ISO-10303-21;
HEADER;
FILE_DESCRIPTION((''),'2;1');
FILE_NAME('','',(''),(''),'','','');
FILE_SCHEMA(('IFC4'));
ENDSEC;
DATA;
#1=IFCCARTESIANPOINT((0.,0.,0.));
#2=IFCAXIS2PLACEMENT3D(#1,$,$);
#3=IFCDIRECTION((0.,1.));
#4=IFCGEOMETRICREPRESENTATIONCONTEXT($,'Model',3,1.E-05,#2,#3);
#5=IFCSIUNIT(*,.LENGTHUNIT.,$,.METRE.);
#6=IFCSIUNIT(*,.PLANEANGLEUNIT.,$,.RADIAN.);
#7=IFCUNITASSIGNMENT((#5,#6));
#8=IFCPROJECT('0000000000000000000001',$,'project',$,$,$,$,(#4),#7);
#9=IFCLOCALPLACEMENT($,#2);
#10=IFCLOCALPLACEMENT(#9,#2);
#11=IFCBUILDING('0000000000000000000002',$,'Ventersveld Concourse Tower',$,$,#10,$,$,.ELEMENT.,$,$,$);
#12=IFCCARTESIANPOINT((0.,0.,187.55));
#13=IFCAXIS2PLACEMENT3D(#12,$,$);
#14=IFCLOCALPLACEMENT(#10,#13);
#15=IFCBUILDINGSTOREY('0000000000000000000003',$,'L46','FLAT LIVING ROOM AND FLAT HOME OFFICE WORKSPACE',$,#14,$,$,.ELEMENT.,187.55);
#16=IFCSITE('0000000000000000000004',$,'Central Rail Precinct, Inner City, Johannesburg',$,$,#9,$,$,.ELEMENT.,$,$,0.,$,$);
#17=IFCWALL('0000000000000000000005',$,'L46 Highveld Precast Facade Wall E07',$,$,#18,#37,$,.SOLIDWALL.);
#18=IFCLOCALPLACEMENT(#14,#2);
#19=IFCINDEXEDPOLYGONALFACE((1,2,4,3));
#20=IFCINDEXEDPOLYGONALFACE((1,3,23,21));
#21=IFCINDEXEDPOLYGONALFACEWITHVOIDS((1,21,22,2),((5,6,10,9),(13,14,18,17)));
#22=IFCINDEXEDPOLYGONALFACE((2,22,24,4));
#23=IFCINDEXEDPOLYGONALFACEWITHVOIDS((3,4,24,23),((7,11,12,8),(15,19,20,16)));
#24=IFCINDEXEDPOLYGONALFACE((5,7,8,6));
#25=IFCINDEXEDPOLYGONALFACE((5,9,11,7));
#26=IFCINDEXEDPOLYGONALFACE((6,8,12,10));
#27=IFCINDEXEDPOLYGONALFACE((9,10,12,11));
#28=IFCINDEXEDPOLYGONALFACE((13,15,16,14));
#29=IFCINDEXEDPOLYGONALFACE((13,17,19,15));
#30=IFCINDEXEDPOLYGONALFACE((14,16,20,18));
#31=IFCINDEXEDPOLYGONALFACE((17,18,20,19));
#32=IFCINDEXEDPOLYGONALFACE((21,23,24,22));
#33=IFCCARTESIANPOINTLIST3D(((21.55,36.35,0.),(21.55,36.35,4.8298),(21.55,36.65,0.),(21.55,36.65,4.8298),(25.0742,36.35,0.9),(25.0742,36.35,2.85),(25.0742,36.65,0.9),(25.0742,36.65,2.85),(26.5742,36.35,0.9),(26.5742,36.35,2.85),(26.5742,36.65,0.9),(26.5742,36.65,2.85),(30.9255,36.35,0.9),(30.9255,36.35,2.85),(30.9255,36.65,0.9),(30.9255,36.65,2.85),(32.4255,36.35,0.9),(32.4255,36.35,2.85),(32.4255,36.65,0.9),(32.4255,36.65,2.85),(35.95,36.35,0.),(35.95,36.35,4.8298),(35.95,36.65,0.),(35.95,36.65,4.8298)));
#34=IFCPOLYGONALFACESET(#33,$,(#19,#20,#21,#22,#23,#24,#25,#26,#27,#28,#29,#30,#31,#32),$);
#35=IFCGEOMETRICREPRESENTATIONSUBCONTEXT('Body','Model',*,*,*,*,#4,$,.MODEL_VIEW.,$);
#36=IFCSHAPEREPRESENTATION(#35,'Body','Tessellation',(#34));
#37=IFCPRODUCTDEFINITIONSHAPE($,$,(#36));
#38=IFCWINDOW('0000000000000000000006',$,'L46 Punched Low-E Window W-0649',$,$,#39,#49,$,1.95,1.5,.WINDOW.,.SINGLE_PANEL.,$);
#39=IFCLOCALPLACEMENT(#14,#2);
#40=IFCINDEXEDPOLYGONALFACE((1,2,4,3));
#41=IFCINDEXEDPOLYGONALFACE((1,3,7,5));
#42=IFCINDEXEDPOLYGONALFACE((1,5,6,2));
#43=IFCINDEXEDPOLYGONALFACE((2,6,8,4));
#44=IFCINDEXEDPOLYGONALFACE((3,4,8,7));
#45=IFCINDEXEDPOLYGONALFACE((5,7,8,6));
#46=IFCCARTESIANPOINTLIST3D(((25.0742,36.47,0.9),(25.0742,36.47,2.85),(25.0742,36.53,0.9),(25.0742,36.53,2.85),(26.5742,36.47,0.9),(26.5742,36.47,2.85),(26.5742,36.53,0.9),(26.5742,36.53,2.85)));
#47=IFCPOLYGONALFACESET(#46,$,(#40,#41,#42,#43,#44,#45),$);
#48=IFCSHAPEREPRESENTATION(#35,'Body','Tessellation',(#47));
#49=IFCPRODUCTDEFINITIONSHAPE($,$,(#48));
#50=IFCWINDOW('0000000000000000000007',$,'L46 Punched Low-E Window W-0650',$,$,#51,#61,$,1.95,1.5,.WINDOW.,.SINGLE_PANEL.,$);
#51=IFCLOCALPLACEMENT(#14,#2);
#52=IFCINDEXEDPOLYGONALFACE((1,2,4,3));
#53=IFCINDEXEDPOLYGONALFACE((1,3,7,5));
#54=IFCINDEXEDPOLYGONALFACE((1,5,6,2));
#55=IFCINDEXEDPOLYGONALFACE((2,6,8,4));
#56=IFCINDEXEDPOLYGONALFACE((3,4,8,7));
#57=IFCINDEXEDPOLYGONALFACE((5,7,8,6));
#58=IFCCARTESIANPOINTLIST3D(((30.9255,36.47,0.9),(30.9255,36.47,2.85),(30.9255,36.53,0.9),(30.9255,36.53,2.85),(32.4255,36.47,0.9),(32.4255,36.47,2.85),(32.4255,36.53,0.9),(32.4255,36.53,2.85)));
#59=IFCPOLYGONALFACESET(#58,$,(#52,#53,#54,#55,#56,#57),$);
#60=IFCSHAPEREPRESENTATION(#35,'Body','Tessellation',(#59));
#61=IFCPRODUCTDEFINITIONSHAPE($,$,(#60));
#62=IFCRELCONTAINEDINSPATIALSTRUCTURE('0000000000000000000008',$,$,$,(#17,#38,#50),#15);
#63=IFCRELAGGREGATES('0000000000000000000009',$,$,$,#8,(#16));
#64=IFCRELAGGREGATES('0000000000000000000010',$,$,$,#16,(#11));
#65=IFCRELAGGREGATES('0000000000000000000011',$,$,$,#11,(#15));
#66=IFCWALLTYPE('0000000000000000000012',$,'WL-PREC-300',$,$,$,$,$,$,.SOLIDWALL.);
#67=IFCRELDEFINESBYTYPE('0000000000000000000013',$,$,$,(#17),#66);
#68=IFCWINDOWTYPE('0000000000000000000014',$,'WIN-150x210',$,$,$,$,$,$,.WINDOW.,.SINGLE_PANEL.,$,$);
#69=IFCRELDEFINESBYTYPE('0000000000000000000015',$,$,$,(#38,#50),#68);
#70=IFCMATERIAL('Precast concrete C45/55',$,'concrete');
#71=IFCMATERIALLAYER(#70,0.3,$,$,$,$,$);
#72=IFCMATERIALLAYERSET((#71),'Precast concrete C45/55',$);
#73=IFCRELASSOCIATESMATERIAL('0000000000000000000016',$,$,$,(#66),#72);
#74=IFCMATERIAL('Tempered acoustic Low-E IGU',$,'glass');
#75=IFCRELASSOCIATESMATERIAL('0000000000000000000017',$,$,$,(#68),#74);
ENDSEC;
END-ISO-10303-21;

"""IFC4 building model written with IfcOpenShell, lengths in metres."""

from ifc_helpers import new_model, si_unit, direction, frame, frame_2d, origin, place, context, subcontext, project, spatial, rectangle, extrude, material, layer, layer_set, type_object, element, fill, save


model = new_model("IFC4")

# Units and contexts
model_context = context("Model", 3, precision=1e-05, world=origin(), true_north=direction((0.0, 1.0)))
body_context = subcontext(model_context, "Body", "Model", "MODEL_VIEW")
ifc_project = project(units=[si_unit("LENGTHUNIT", "METRE"), si_unit("PLANEANGLEUNIT", "RADIAN")], contexts=[model_context])

# Site, building, storey
site_placement = place(None, origin())
site = spatial("IfcSite", under=ifc_project, at=site_placement, Name="Central Rail Precinct, Inner City, Johannesburg", CompositionType="ELEMENT", RefElevation=0.0)
building_placement = place(site_placement, origin())
building = spatial("IfcBuilding", under=site, at=building_placement, Name="Ventersveld Concourse Tower", CompositionType="ELEMENT")
storey_placement = place(building_placement, frame((0.0, 0.0, 187.55)))
storey = spatial("IfcBuildingStorey", under=building, at=storey_placement, Name="L46", Description="FLAT LIVING ROOM AND FLAT HOME OFFICE WORKSPACE", CompositionType="ELEMENT", Elevation=187.55)

# Shared definitions
ifc_material_1 = material(Name="Precast concrete C45/55", Category="concrete")
ifc_layer_1 = layer(ifc_material_1, 0.3)
ifc_layer_set_1 = layer_set([ifc_layer_1], Name="Precast concrete C45/55")
wall_type_1 = type_object("IfcWallType", Name="WL-PREC-300", PredefinedType="SOLIDWALL", material=ifc_layer_set_1)

# Wall, openings, windows
wall_1_placement = place(storey_placement, frame((35.95, 36.5, 0.0), z_axis=(0.0, 0.0, 1.0), x_axis=(-1.0, 0.0, 0.0)))
wall_1 = element("IfcWall", 1, at=wall_1_placement, inside=storey, type_object=wall_type_1, Name="L46 Highveld Precast Facade Wall E07", PredefinedType="SOLIDWALL", context=body_context, shape_type="SweptSolid", body=[
    extrude(rectangle(XDim=14.3999, YDim=0.3, at=frame_2d((7.2, 0.0))), origin(), (0.0, 0.0, 1.0), 4.8298),
])
opening_1_placement = place(wall_1_placement, frame((9.3757, 0.0, 0.8999)))
opening_1 = element("IfcOpeningElement", 2, at=opening_1_placement, cuts=wall_1, PredefinedType="OPENING", context=body_context, shape_type="SweptSolid", body=[
    extrude(rectangle(XDim=1.5, YDim=1.95, at=frame_2d((0.75, 0.9751))), frame((0.0, 0.1602, 0.0), z_axis=(0.0, -1.0, 0.0), x_axis=(1.0, 0.0, 0.0)), (0.0, 0.0, 1.0), 0.3201),
])
opening_2_placement = place(wall_1_placement, frame((3.5244, 0.0, 0.8999)))
opening_2 = element("IfcOpeningElement", 3, at=opening_2_placement, cuts=wall_1, PredefinedType="OPENING", context=body_context, shape_type="SweptSolid", body=[
    extrude(rectangle(XDim=1.5, YDim=1.95, at=frame_2d((0.75, 0.9751))), frame((0.0, 0.1602, 0.0), z_axis=(0.0, -1.0, 0.0), x_axis=(1.0, 0.0, 0.0)), (0.0, 0.0, 1.0), 0.3201),
])
ifc_material_2 = material(Name="Tempered acoustic Low-E IGU", Category="glass")
window_type = type_object("IfcWindowType", Name="WIN-150x210", PartitioningType="SINGLE_PANEL", PredefinedType="WINDOW", material=ifc_material_2)
window_1_placement = place(opening_1_placement, origin())
window_1 = element("IfcWindow", 4, at=window_1_placement, inside=storey, type_object=window_type, Name="L46 Punched Low-E Window W-0649", OverallHeight=1.95, OverallWidth=1.5, PartitioningType="SINGLE_PANEL", PredefinedType="WINDOW", context=body_context, shape_type="SweptSolid", body=[
    extrude(rectangle(XDim=1.5, YDim=1.95, at=frame_2d((0.75, 0.9751))), frame((0.0, 0.03, 0.0), z_axis=(0.0, -1.0, 0.0), x_axis=(1.0, 0.0, 0.0)), (0.0, 0.0, 1.0), 0.0601),
])
fill(opening_1, window_1)
window_2_placement = place(opening_2_placement, origin())
window_2 = element("IfcWindow", 5, at=window_2_placement, inside=storey, type_object=window_type, Name="L46 Punched Low-E Window W-0650", OverallHeight=1.95, OverallWidth=1.5, PartitioningType="SINGLE_PANEL", PredefinedType="WINDOW", context=body_context, shape_type="SweptSolid", body=[
    extrude(rectangle(XDim=1.5, YDim=1.95, at=frame_2d((0.75, 0.9751))), frame((0.0, 0.03, 0.0), z_axis=(0.0, -1.0, 0.0), x_axis=(1.0, 0.0, 0.0)), (0.0, 0.0, 1.0), 0.0601),
])
fill(opening_2, window_2)

save(model, "model.ifc")
